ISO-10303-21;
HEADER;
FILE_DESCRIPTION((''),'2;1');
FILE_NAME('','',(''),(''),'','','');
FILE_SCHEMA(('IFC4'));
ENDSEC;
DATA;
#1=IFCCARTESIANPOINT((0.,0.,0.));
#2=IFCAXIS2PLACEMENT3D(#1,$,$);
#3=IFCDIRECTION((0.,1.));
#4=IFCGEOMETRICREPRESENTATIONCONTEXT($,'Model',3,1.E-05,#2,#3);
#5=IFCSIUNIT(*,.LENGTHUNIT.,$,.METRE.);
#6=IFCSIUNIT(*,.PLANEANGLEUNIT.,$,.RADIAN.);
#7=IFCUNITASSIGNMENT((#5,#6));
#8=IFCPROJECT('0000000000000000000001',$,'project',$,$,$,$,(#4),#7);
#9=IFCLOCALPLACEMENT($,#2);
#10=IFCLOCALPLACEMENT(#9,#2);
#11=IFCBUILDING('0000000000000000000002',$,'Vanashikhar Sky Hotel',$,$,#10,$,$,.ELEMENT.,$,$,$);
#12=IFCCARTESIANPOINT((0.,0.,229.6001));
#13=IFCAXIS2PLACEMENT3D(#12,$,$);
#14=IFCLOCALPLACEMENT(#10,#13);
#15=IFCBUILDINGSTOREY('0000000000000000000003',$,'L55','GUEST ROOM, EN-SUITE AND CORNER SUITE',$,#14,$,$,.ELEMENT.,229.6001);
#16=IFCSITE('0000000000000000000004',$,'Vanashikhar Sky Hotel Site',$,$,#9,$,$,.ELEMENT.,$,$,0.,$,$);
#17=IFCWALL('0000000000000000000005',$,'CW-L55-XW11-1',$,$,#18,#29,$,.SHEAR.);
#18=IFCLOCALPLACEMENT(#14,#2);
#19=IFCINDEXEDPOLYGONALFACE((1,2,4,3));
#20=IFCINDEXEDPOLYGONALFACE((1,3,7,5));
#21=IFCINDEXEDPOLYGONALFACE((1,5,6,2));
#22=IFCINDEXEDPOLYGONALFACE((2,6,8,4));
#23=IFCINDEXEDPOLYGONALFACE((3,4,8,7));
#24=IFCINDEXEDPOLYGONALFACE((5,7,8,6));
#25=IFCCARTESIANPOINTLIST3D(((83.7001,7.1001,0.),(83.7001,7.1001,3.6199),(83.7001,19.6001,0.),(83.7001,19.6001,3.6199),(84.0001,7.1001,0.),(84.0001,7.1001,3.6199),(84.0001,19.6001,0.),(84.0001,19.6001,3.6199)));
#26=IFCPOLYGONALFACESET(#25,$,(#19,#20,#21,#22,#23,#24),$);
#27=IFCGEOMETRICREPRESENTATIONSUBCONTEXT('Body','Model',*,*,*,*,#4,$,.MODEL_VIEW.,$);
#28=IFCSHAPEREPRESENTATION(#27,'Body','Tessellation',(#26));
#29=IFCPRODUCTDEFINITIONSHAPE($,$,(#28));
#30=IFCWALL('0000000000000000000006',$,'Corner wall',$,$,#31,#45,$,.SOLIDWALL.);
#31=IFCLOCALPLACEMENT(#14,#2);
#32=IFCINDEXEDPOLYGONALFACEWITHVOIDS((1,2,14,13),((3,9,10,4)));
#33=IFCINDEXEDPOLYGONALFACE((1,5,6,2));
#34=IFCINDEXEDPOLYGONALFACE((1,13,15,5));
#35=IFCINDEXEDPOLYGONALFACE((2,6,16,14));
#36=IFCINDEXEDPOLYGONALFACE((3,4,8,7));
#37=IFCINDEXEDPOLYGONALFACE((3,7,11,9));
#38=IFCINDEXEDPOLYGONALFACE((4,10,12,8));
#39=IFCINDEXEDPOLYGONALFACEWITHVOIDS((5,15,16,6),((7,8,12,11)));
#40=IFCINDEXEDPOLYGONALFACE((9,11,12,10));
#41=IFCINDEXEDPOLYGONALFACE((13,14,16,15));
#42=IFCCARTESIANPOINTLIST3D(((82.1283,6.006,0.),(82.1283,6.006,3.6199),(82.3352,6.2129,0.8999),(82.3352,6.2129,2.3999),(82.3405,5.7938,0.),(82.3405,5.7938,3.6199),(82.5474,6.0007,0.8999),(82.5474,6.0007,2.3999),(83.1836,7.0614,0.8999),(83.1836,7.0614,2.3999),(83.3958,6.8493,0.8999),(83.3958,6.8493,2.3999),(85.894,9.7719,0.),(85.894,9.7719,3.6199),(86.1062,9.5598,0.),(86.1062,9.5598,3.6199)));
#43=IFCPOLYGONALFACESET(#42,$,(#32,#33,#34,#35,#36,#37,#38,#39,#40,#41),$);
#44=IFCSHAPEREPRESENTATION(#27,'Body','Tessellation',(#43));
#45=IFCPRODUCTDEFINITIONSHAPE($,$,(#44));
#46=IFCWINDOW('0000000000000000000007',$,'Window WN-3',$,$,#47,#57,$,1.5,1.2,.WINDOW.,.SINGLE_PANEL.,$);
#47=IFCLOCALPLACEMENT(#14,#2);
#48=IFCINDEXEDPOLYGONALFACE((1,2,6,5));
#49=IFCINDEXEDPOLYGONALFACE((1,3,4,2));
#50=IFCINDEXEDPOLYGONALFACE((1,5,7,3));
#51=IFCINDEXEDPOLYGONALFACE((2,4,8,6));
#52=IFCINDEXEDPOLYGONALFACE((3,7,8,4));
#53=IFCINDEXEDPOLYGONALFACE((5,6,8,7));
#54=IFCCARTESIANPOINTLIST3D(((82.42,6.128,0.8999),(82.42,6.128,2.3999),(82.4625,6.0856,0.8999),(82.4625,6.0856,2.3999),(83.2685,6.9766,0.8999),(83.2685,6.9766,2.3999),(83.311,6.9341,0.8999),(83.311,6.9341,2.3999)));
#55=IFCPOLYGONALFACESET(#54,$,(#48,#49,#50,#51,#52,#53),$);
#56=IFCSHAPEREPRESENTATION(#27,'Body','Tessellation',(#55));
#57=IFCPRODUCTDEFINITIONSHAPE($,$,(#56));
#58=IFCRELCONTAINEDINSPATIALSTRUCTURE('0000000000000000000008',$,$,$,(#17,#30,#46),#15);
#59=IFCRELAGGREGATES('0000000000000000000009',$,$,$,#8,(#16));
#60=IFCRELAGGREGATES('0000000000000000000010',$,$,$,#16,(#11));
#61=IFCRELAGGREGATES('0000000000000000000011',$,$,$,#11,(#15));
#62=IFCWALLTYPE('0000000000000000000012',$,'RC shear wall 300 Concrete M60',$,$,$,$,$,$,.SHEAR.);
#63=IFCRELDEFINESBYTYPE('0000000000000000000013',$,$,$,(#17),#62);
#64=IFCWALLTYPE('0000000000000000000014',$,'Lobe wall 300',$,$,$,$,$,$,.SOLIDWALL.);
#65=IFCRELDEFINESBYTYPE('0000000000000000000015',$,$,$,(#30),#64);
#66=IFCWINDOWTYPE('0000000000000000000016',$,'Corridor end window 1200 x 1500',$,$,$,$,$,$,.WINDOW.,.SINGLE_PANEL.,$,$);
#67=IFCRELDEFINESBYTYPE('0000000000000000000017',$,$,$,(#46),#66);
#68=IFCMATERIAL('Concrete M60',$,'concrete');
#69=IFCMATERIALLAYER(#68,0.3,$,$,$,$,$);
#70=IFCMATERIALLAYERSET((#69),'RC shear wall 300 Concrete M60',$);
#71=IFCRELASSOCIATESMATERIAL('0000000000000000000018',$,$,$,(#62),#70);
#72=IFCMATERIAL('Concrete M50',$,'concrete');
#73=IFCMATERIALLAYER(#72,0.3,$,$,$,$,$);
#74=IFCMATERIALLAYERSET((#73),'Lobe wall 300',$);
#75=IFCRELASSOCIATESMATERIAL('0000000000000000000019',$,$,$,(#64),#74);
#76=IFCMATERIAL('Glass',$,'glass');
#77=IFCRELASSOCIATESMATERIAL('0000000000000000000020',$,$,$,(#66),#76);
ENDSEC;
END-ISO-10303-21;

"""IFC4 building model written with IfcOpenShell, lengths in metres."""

from ifc_helpers import new_model, si_unit, direction, frame, frame_2d, origin, place, context, subcontext, project, spatial, rectangle, extrude, source, transform, mapped, material, layer, layer_set, type_object, element, fill, save


model = new_model("IFC4")

# Units and contexts
model_context = context("Model", 3, precision=1e-05, world=origin(), true_north=direction((0.0, 1.0)))
body_context = subcontext(model_context, "Body", "Model", "MODEL_VIEW")
ifc_project = project(units=[si_unit("LENGTHUNIT", "METRE"), si_unit("PLANEANGLEUNIT", "RADIAN")], contexts=[model_context])

# Site, building, storey
site_placement = place(None, origin())
site = spatial("IfcSite", under=ifc_project, at=site_placement, Name="Vanashikhar Sky Hotel Site", CompositionType="ELEMENT", RefElevation=0.0)
building_placement = place(site_placement, origin())
building = spatial("IfcBuilding", under=site, at=building_placement, Name="Vanashikhar Sky Hotel", CompositionType="ELEMENT")
storey_placement = place(building_placement, frame((0.0, 0.0, 229.6001)))
storey = spatial("IfcBuildingStorey", under=building, at=storey_placement, Name="L55", Description="GUEST ROOM, EN-SUITE AND CORNER SUITE", CompositionType="ELEMENT", Elevation=229.6001)

# Wall
ifc_material_1 = material(Name="Concrete M60", Category="concrete")
ifc_layer_1 = layer(ifc_material_1, 0.3)
ifc_layer_set_1 = layer_set([ifc_layer_1], Name="RC shear wall 300 Concrete M60")
wall_type_1 = type_object("IfcWallType", Name="RC shear wall 300 Concrete M60", PredefinedType="SHEAR", material=ifc_layer_set_1)
shared_shape_1 = source(origin(), body_context, "Body", "SweptSolid", [
    extrude(rectangle(XDim=12.5, YDim=0.3, at=frame_2d((6.25, 0.0))), origin(), (0.0, 0.0, 1.0), 3.6199),
])
wall_1_placement = place(storey_placement, frame((83.8501, 7.1001, 0.0), z_axis=(0.0, 0.0, 1.0), x_axis=(0.0, 1.0, 0.0)))
element("IfcWall", 1, at=wall_1_placement, inside=storey, type_object=wall_type_1, Name="CW-L55-XW11-1", PredefinedType="SHEAR", context=body_context, shape_type="MappedRepresentation", body=[
    mapped(shared_shape_1, transform((0.0, 0.0, 0.0), scale=1.0)),
])

# Wall, opening, window
ifc_material_2 = material(Name="Concrete M50", Category="concrete")
ifc_layer_2 = layer(ifc_material_2, 0.3)
ifc_layer_set_2 = layer_set([ifc_layer_2], Name="Lobe wall 300")
wall_type_2 = type_object("IfcWallType", Name="Lobe wall 300", PredefinedType="SOLIDWALL", material=ifc_layer_set_2)
shared_shape_2 = source(origin(), body_context, "Body", "SweptSolid", [
    extrude(rectangle(XDim=5.3257, YDim=0.3, at=frame_2d((2.6628, 0.0))), origin(), (0.0, 0.0, 1.0), 3.6199),
])
wall_2_placement = place(storey_placement, frame((82.2344, 5.8999, 0.0), z_axis=(0.0, 0.0, 1.0), x_axis=(0.707084, 0.70713, 0.0)))
wall_2 = element("IfcWall", 2, at=wall_2_placement, inside=storey, type_object=wall_type_2, Name="Corner wall", PredefinedType="SOLIDWALL", context=body_context, shape_type="MappedRepresentation", body=[
    mapped(shared_shape_2, transform((0.0, 0.0, 0.0), scale=1.0)),
])
shared_shape_3 = source(origin(), body_context, "Body", "SweptSolid", [
    extrude(rectangle(XDim=1.2, YDim=1.5, at=frame_2d((0.6001, 0.75))), frame((0.0, 0.1602, 0.0), z_axis=(0.0, -1.0, 0.0), x_axis=(1.0, 0.0, 0.0)), (0.0, 0.0, 1.0), 0.3201),
])
opening_1_placement = place(wall_2_placement, frame((0.2925, 0.0, 0.8999)))
opening_1 = element("IfcOpeningElement", 3, at=opening_1_placement, cuts=wall_2, PredefinedType="OPENING", context=body_context, shape_type="MappedRepresentation", body=[
    mapped(shared_shape_3, transform((0.0, 0.0, 0.0), scale=1.0)),
])
ifc_material_3 = material(Name="Glass", Category="glass")
window_type_1 = type_object("IfcWindowType", Name="Corridor end window 1200 x 1500", PartitioningType="SINGLE_PANEL", PredefinedType="WINDOW", material=ifc_material_3)
shared_shape_4 = source(origin(), body_context, "Body", "SweptSolid", [
    extrude(rectangle(XDim=1.2, YDim=1.5, at=frame_2d((0.6001, 0.75))), frame((0.0, 0.03, 0.0), z_axis=(0.0, -1.0, 0.0), x_axis=(1.0, 0.0, 0.0)), (0.0, 0.0, 1.0), 0.0601),
])
window_1_placement = place(opening_1_placement, origin())
window_1 = element("IfcWindow", 4, at=window_1_placement, inside=storey, type_object=window_type_1, Name="Window WN-3", OverallHeight=1.5, OverallWidth=1.2, PartitioningType="SINGLE_PANEL", PredefinedType="WINDOW", context=body_context, shape_type="MappedRepresentation", body=[
    mapped(shared_shape_4, transform((0.0, 0.0, 0.0), scale=1.0)),
])
fill(opening_1, window_1)

save(model, "model.ifc")
